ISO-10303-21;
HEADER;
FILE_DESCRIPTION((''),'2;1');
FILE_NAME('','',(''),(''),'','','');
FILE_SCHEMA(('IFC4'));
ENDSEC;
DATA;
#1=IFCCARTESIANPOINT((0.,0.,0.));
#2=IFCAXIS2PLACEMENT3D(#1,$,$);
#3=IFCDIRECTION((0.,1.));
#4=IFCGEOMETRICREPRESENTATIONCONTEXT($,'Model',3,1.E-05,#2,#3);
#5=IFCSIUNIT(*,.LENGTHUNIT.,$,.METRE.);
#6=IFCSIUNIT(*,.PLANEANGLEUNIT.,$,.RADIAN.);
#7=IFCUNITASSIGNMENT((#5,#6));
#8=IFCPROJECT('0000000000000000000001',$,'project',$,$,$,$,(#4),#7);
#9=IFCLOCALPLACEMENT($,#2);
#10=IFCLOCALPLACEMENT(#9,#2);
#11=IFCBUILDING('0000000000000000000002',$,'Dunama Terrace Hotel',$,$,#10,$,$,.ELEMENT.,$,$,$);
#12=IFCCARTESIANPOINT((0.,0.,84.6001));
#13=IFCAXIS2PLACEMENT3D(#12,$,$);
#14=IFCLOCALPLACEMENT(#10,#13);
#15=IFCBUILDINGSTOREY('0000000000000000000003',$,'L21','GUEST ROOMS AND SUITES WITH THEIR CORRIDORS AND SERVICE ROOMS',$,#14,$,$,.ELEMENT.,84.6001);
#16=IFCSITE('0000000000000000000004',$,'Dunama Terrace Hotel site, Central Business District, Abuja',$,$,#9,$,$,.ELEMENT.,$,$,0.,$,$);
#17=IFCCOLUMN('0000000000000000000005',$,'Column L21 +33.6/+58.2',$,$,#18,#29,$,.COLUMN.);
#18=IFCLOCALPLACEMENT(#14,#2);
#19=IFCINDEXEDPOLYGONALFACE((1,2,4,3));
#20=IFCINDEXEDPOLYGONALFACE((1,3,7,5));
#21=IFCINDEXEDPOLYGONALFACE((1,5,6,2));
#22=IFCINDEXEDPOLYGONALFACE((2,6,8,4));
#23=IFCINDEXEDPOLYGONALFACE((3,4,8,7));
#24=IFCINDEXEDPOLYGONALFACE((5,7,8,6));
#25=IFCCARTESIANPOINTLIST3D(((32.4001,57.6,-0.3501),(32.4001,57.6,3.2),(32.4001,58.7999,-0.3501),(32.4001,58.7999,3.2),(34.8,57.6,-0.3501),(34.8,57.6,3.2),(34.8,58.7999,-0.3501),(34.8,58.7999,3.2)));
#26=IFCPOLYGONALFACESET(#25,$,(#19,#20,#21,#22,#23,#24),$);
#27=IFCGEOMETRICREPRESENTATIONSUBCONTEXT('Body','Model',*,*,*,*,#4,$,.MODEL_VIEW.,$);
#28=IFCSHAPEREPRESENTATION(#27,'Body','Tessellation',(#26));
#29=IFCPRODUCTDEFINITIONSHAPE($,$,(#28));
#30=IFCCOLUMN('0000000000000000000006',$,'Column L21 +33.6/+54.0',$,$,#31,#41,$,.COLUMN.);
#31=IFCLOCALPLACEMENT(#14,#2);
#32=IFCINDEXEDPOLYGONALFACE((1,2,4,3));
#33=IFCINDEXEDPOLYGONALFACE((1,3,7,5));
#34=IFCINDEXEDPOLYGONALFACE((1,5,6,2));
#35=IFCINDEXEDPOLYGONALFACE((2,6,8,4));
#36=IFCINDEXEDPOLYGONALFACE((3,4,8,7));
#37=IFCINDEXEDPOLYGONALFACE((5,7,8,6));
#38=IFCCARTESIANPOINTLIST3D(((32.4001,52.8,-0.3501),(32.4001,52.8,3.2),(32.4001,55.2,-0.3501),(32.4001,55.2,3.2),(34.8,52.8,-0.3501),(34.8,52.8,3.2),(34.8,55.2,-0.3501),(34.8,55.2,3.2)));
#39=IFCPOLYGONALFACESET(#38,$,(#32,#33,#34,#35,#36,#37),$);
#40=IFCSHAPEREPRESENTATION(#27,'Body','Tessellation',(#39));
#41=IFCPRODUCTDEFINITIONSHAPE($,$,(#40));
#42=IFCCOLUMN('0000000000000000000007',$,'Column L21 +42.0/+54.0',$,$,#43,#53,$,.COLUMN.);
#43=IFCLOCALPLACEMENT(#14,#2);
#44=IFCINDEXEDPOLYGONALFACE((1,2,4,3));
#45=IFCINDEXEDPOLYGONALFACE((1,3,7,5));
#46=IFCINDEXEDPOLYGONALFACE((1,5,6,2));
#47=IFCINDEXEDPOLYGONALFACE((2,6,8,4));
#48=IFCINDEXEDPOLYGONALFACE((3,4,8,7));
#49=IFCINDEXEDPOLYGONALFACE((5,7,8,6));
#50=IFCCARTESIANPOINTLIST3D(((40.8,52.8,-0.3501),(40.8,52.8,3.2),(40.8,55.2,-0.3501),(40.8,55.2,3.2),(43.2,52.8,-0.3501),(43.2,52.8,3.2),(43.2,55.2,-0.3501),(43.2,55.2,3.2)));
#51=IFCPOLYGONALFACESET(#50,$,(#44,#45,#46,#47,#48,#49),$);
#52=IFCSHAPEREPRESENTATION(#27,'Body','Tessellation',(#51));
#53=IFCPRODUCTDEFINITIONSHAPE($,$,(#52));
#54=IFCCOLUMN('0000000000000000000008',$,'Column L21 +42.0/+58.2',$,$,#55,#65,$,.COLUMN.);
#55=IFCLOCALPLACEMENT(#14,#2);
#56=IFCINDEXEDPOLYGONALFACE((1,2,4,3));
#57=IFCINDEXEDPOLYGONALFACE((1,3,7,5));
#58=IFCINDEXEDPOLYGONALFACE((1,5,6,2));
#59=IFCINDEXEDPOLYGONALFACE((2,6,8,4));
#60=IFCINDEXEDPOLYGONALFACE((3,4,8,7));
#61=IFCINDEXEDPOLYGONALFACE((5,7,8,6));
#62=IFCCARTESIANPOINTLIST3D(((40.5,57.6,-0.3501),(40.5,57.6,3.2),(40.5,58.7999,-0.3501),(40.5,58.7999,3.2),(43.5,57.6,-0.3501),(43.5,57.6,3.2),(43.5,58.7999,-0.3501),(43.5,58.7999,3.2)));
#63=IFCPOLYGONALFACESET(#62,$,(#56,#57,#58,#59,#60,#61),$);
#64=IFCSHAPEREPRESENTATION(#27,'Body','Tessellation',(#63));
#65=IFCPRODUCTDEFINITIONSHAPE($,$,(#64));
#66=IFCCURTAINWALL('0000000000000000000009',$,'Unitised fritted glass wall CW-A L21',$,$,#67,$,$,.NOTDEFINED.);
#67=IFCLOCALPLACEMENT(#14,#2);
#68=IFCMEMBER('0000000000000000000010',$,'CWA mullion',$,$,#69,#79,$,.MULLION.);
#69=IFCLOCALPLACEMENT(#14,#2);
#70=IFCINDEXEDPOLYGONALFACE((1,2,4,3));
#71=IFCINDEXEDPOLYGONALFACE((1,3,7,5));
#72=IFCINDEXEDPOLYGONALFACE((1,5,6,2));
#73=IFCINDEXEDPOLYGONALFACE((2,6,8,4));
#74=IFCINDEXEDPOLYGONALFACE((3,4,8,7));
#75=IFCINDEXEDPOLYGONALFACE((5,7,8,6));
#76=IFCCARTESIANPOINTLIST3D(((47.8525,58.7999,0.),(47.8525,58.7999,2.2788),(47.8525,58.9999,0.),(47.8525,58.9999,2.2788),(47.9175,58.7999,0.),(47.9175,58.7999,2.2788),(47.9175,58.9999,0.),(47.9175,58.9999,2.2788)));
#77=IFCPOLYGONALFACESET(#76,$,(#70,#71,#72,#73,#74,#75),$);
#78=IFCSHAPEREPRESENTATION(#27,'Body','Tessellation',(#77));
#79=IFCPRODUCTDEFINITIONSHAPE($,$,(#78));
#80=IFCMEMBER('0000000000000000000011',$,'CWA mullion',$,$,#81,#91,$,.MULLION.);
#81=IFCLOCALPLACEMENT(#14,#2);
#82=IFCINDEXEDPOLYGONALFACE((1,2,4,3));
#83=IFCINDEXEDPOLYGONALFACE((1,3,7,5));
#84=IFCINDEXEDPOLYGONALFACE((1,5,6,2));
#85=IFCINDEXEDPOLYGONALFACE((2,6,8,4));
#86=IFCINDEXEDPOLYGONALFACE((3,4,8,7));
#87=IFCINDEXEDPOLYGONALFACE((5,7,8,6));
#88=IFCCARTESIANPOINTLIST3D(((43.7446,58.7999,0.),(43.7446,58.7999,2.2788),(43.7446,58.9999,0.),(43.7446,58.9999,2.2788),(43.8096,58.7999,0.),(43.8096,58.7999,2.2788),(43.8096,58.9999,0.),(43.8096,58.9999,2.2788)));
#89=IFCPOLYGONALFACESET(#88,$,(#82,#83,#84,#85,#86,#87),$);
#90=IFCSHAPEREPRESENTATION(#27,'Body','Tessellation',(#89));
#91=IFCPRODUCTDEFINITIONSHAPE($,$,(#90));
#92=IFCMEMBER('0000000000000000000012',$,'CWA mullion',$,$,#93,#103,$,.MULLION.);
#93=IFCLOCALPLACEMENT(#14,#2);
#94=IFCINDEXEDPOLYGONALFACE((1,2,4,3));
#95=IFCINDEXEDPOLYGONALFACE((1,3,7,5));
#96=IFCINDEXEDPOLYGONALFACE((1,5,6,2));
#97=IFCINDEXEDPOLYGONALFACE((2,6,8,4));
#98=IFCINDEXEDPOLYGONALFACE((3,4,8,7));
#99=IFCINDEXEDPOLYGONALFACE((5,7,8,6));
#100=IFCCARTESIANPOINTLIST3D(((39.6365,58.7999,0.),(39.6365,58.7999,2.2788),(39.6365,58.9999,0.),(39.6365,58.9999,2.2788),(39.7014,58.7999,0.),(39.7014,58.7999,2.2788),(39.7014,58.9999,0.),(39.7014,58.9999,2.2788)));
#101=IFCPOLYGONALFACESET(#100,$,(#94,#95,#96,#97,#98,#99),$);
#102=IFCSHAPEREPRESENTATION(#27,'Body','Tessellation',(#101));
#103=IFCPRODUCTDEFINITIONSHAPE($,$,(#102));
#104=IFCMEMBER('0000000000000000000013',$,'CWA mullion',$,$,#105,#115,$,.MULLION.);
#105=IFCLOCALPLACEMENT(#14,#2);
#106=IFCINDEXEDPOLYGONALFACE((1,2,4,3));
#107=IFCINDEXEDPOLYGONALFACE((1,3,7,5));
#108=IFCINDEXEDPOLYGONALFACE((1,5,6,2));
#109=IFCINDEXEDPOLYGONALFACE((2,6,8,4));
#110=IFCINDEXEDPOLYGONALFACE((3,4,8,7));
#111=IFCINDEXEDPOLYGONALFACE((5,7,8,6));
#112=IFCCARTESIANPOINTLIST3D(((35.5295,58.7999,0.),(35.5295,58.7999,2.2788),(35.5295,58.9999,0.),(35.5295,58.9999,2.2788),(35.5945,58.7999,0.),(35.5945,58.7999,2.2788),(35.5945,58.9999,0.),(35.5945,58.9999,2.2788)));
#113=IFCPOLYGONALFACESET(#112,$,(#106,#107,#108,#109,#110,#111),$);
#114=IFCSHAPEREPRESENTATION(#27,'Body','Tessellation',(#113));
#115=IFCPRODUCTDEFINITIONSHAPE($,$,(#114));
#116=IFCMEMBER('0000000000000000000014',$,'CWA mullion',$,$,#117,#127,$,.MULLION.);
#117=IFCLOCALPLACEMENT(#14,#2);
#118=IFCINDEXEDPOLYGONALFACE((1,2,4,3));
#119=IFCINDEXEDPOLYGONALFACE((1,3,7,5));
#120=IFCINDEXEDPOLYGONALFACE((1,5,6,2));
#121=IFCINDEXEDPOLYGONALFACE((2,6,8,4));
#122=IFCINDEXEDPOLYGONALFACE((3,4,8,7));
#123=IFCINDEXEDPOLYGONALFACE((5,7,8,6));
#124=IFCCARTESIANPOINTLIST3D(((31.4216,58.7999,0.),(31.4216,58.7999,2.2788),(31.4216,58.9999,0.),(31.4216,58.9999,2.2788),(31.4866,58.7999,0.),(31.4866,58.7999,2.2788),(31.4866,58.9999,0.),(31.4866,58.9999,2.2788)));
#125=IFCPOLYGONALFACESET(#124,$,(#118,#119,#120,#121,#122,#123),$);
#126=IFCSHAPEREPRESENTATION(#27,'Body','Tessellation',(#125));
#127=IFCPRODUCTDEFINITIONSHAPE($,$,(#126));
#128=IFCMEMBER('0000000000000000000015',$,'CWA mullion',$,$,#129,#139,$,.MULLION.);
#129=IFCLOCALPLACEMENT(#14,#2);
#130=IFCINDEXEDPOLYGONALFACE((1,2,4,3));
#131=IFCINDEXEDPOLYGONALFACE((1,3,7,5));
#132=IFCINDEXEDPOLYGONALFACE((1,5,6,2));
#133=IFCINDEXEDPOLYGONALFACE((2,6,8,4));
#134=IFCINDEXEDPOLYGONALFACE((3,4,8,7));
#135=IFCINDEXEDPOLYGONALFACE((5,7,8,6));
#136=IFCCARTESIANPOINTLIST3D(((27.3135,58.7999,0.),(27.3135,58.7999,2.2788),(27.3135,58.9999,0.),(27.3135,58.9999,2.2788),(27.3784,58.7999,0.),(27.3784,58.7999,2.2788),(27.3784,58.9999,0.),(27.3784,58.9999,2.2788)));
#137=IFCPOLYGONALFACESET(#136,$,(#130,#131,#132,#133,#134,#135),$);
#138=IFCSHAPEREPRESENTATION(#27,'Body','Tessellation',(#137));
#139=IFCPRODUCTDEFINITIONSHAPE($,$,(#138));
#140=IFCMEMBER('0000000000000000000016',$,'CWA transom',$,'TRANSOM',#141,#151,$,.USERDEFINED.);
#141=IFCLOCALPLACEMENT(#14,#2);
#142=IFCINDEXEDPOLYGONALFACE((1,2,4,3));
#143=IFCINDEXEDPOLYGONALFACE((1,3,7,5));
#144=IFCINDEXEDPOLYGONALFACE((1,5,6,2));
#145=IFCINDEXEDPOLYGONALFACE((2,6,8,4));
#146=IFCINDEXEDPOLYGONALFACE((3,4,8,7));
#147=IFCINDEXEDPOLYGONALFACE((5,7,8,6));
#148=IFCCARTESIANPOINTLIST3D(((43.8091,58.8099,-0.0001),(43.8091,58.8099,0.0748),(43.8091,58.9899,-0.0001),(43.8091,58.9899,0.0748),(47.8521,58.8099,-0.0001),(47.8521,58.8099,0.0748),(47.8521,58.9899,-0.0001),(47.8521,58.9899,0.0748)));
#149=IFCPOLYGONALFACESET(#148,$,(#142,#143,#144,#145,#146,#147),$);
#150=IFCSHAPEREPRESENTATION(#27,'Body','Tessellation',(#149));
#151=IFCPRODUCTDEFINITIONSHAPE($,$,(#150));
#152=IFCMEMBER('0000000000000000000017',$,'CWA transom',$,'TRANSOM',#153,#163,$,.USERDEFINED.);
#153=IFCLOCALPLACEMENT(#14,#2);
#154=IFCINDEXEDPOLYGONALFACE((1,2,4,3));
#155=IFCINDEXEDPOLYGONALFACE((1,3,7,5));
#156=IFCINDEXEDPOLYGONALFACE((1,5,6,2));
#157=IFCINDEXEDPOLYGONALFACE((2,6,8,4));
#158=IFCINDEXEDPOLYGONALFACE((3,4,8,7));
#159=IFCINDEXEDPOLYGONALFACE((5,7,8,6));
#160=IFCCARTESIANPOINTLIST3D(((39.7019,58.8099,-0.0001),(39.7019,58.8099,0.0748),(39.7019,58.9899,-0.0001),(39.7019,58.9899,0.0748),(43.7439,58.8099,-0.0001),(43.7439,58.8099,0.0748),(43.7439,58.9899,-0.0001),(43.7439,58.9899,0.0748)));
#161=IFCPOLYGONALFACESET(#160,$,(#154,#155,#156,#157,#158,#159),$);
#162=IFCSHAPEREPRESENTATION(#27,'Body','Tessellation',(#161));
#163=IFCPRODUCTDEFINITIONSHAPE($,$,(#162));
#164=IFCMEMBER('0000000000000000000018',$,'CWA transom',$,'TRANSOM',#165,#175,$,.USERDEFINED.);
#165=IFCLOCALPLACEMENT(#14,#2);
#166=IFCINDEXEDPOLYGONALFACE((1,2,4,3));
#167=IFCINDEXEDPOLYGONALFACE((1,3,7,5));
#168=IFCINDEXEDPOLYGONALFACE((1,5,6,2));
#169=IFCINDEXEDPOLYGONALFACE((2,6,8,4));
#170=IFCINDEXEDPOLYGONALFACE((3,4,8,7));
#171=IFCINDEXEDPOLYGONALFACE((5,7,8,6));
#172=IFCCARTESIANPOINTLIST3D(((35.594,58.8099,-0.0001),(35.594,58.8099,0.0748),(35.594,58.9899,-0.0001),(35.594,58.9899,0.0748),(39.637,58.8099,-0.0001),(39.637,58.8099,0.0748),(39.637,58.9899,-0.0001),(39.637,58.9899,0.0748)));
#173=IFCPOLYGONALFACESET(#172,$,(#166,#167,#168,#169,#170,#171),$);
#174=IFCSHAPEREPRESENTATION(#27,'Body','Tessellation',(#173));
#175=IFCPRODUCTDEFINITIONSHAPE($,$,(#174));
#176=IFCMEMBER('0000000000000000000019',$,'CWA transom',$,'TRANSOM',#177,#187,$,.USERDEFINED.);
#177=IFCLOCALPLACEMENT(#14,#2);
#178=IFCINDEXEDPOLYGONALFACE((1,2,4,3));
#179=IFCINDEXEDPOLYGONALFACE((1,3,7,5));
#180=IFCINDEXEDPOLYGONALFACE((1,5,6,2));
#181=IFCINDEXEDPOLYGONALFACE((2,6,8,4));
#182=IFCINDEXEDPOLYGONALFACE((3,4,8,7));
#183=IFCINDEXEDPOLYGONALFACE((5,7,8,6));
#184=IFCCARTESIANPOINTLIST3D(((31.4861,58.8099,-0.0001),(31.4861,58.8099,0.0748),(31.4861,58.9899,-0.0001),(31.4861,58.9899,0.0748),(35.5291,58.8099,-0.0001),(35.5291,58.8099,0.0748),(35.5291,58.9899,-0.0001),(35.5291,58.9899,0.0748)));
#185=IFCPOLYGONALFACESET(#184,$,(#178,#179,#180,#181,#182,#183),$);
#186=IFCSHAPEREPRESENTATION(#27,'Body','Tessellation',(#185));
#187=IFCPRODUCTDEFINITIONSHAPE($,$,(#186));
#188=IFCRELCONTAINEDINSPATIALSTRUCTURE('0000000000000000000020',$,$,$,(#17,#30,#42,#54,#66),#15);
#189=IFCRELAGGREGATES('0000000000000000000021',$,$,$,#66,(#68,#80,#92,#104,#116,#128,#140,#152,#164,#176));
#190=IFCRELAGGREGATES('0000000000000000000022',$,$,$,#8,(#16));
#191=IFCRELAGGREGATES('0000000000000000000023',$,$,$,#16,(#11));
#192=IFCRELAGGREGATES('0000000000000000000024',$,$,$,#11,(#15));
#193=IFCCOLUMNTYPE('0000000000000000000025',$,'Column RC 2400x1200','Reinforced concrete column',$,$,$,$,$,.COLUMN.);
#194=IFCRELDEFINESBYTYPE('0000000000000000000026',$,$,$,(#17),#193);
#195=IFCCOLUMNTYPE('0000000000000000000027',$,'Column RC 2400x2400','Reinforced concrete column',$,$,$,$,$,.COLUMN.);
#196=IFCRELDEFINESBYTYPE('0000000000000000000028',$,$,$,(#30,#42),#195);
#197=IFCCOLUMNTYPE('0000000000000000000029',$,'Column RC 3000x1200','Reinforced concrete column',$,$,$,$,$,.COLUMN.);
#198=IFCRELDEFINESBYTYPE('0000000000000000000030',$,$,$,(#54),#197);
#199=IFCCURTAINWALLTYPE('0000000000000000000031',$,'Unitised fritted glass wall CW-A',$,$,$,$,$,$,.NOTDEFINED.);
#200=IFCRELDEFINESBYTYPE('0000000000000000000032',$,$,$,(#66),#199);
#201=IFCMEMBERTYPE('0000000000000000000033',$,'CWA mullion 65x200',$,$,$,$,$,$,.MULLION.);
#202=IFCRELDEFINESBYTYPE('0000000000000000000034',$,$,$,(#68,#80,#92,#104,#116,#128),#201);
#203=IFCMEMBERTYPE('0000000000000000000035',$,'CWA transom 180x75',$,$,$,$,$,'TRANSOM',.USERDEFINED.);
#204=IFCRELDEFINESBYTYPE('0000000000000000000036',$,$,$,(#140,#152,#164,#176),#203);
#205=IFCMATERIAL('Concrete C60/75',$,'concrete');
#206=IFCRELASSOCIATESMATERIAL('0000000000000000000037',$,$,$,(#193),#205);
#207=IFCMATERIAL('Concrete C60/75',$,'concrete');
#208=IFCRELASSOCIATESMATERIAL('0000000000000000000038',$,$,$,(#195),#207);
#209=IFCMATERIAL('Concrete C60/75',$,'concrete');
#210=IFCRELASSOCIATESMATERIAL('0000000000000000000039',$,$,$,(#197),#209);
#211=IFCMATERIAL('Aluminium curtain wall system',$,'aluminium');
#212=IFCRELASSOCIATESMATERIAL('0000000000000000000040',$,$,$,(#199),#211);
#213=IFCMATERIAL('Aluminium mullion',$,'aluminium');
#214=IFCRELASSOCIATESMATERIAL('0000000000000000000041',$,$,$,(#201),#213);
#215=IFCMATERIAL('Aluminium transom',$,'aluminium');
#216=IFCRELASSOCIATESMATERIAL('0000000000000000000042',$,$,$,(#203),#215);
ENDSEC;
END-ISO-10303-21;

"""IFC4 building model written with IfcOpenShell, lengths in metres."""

from ifc_helpers import new_model, si_unit, direction, frame, origin, origin_2d, place, context, subcontext, project, spatial, rectangle, extrude, material, material_profile, profile_set, type_object, element, aggregate, save


model = new_model("IFC4")

# Units and contexts
model_context = context("Model", 3, precision=1e-05, world=origin(), true_north=direction((0.0, 1.0)))
body_context = subcontext(model_context, "Body", "Model", "MODEL_VIEW")
ifc_project = project(units=[si_unit("LENGTHUNIT", "METRE"), si_unit("PLANEANGLEUNIT", "RADIAN")], contexts=[model_context])

# Site, building, storey
site_placement = place(None, origin())
site = spatial("IfcSite", under=ifc_project, at=site_placement, Name="Dunama Terrace Hotel site, Central Business District, Abuja", CompositionType="ELEMENT", RefElevation=0.0)
building_placement = place(site_placement, origin())
building = spatial("IfcBuilding", under=site, at=building_placement, Name="Dunama Terrace Hotel", CompositionType="ELEMENT")
storey_placement = place(building_placement, frame((0.0, 0.0, 84.6001)))
storey = spatial("IfcBuildingStorey", under=building, at=storey_placement, Name="L21", Description="GUEST ROOMS AND SUITES WITH THEIR CORRIDORS AND SERVICE ROOMS", CompositionType="ELEMENT", Elevation=84.6001)

# Columns
ifc_material_1 = material(Name="Concrete C60/75", Category="concrete")
ifc_material_profile_1 = material_profile(ifc_material_1, rectangle(XDim=2.3999, YDim=1.2, at=origin_2d()), Name="RC 2400x1200")
ifc_profile_set_1 = profile_set([ifc_material_profile_1], Name="Concrete C60/75")
column_type_1 = type_object("IfcColumnType", Name="Column RC 2400x1200", Description="Reinforced concrete column", PredefinedType="COLUMN", material=ifc_profile_set_1)
column_1_placement = place(storey_placement, frame((33.6001, 58.2, -0.3501), z_axis=(0.0, 0.0, 1.0), x_axis=(1.0, 0.0, 0.0)))
element("IfcColumn", 1, at=column_1_placement, inside=storey, type_object=column_type_1, Name="Column L21 +33.6/+58.2", PredefinedType="COLUMN", context=body_context, shape_type="SweptSolid", body=[
    extrude(rectangle(XDim=2.3999, YDim=1.2, at=origin_2d()), origin(), (0.0, 0.0, 1.0), 3.55),
])
ifc_material_2 = material(Name="Concrete C60/75", Category="concrete")
ifc_material_profile_2 = material_profile(ifc_material_2, rectangle(XDim=2.3999, YDim=2.3999, at=origin_2d()), Name="RC 2400x2400")
ifc_profile_set_2 = profile_set([ifc_material_profile_2], Name="Concrete C60/75")
column_type_2 = type_object("IfcColumnType", Name="Column RC 2400x2400", Description="Reinforced concrete column", PredefinedType="COLUMN", material=ifc_profile_set_2)
for number, where, z_axis, x_axis, name in (
    (2, (33.6001, 54.0, -0.3501), (0.0, 0.0, 1.0), (1.0, 0.0, 0.0), "Column L21 +33.6/+54.0"),
    (3, (42.0, 54.0, -0.3501), (0.0, 0.0, 1.0), (1.0, 0.0, 0.0), "Column L21 +42.0/+54.0"),
):
    element("IfcColumn", number, at=place(storey_placement, frame(where, z_axis=z_axis, x_axis=x_axis)), inside=storey, type_object=column_type_2, Name=name, PredefinedType="COLUMN", context=body_context, shape_type="SweptSolid", body=[
        extrude(rectangle(XDim=2.3999, YDim=2.3999, at=origin_2d()), origin(), (0.0, 0.0, 1.0), 3.55),
    ])
ifc_material_3 = material(Name="Concrete C60/75", Category="concrete")
ifc_material_profile_3 = material_profile(ifc_material_3, rectangle(XDim=3.0, YDim=1.2, at=origin_2d()), Name="RC 3000x1200")
ifc_profile_set_3 = profile_set([ifc_material_profile_3], Name="Concrete C60/75")
column_type_3 = type_object("IfcColumnType", Name="Column RC 3000x1200", Description="Reinforced concrete column", PredefinedType="COLUMN", material=ifc_profile_set_3)
column_2_placement = place(storey_placement, frame((42.0, 58.2, -0.3501), z_axis=(0.0, 0.0, 1.0), x_axis=(1.0, 0.0, 0.0)))
element("IfcColumn", 4, at=column_2_placement, inside=storey, type_object=column_type_3, Name="Column L21 +42.0/+58.2", PredefinedType="COLUMN", context=body_context, shape_type="SweptSolid", body=[
    extrude(rectangle(XDim=3.0, YDim=1.2, at=origin_2d()), origin(), (0.0, 0.0, 1.0), 3.55),
])

# Curtain wall, members
ifc_material_4 = material(Name="Aluminium curtain wall system", Category="aluminium")
curtain_wall_type = type_object("IfcCurtainWallType", Name="Unitised fritted glass wall CW-A", PredefinedType="NOTDEFINED", material=ifc_material_4)
curtain_wall_placement = place(storey_placement, origin())
curtain_wall = element("IfcCurtainWall", 5, at=curtain_wall_placement, inside=storey, type_object=curtain_wall_type, Name="Unitised fritted glass wall CW-A L21", PredefinedType="NOTDEFINED")
ifc_material_5 = material(Name="Aluminium mullion", Category="aluminium")
ifc_material_profile_4 = material_profile(ifc_material_5, rectangle(XDim=0.0649, YDim=0.2, at=origin_2d()), Name="CWA MULLION 65X200")
ifc_profile_set_4 = profile_set([ifc_material_profile_4], Name="Aluminium mullion")
member_type_1 = type_object("IfcMemberType", Name="CWA mullion 65x200", PredefinedType="MULLION", material=ifc_profile_set_4)
member_1_placement = place(storey_placement, frame((47.885, 58.8999, 0.0), z_axis=(0.0, 0.0, 1.0), x_axis=(-1.0, 0.0, 0.0)))
member_1 = element("IfcMember", 6, at=member_1_placement, type_object=member_type_1, Name="CWA mullion", PredefinedType="MULLION", context=body_context, shape_type="SweptSolid", body=[
    extrude(rectangle(XDim=0.0649, YDim=0.2, at=origin_2d()), origin(), (0.0, 0.0, 1.0), 2.2788),
])
member_2_placement = place(storey_placement, frame((43.7771, 58.8999, 0.0), z_axis=(0.0, 0.0, 1.0), x_axis=(-1.0, 0.0, 0.0)))
member_2 = element("IfcMember", 7, at=member_2_placement, type_object=member_type_1, Name="CWA mullion", PredefinedType="MULLION", context=body_context, shape_type="SweptSolid", body=[
    extrude(rectangle(XDim=0.0649, YDim=0.2, at=origin_2d()), origin(), (0.0, 0.0, 1.0), 2.2788),
])
member_3_placement = place(storey_placement, frame((39.6689, 58.8999, 0.0), z_axis=(0.0, 0.0, 1.0), x_axis=(-1.0, 0.0, 0.0)))
member_3 = element("IfcMember", 8, at=member_3_placement, type_object=member_type_1, Name="CWA mullion", PredefinedType="MULLION", context=body_context, shape_type="SweptSolid", body=[
    extrude(rectangle(XDim=0.0649, YDim=0.2, at=origin_2d()), origin(), (0.0, 0.0, 1.0), 2.2788),
])
member_4_placement = place(storey_placement, frame((35.562, 58.8999, 0.0), z_axis=(0.0, 0.0, 1.0), x_axis=(-1.0, 0.0, 0.0)))
member_4 = element("IfcMember", 9, at=member_4_placement, type_object=member_type_1, Name="CWA mullion", PredefinedType="MULLION", context=body_context, shape_type="SweptSolid", body=[
    extrude(rectangle(XDim=0.0649, YDim=0.2, at=origin_2d()), origin(), (0.0, 0.0, 1.0), 2.2788),
])
member_5_placement = place(storey_placement, frame((31.4541, 58.8999, 0.0), z_axis=(0.0, 0.0, 1.0), x_axis=(-1.0, 0.0, 0.0)))
member_5 = element("IfcMember", 10, at=member_5_placement, type_object=member_type_1, Name="CWA mullion", PredefinedType="MULLION", context=body_context, shape_type="SweptSolid", body=[
    extrude(rectangle(XDim=0.0649, YDim=0.2, at=origin_2d()), origin(), (0.0, 0.0, 1.0), 2.2788),
])
member_6_placement = place(storey_placement, frame((27.3459, 58.8999, 0.0), z_axis=(0.0, 0.0, 1.0), x_axis=(-1.0, 0.0, 0.0)))
member_6 = element("IfcMember", 11, at=member_6_placement, type_object=member_type_1, Name="CWA mullion", PredefinedType="MULLION", context=body_context, shape_type="SweptSolid", body=[
    extrude(rectangle(XDim=0.0649, YDim=0.2, at=origin_2d()), origin(), (0.0, 0.0, 1.0), 2.2788),
])
ifc_material_6 = material(Name="Aluminium transom", Category="aluminium")
ifc_material_profile_5 = material_profile(ifc_material_6, rectangle(XDim=0.1799, YDim=0.075, at=origin_2d()), Name="CWA TRANSOM 180X75")
ifc_profile_set_5 = profile_set([ifc_material_profile_5], Name="Aluminium transom")
member_type_2 = type_object("IfcMemberType", Name="CWA transom 180x75", ElementType="TRANSOM", PredefinedType="USERDEFINED", material=ifc_profile_set_5)
member_7_placement = place(storey_placement, frame((47.8521, 58.8999, 0.0374), z_axis=(-1.0, 0.0, 0.0), x_axis=(0.0, -1.0, 0.0)))
member_7 = element("IfcMember", 12, at=member_7_placement, type_object=member_type_2, Name="CWA transom", ObjectType="TRANSOM", PredefinedType="USERDEFINED", context=body_context, shape_type="SweptSolid", body=[
    extrude(rectangle(XDim=0.1799, YDim=0.075, at=origin_2d()), origin(), (0.0, 0.0, 1.0), 4.043),
])
member_8_placement = place(storey_placement, frame((43.7439, 58.8999, 0.0374), z_axis=(-1.0, 0.0, 0.0), x_axis=(0.0, -1.0, 0.0)))
member_8 = element("IfcMember", 13, at=member_8_placement, type_object=member_type_2, Name="CWA transom", ObjectType="TRANSOM", PredefinedType="USERDEFINED", context=body_context, shape_type="SweptSolid", body=[
    extrude(rectangle(XDim=0.1799, YDim=0.075, at=origin_2d()), origin(), (0.0, 0.0, 1.0), 4.042),
])
member_9_placement = place(storey_placement, frame((39.637, 58.8999, 0.0374), z_axis=(-1.0, 0.0, 0.0), x_axis=(0.0, -1.0, 0.0)))
member_9 = element("IfcMember", 14, at=member_9_placement, type_object=member_type_2, Name="CWA transom", ObjectType="TRANSOM", PredefinedType="USERDEFINED", context=body_context, shape_type="SweptSolid", body=[
    extrude(rectangle(XDim=0.1799, YDim=0.075, at=origin_2d()), origin(), (0.0, 0.0, 1.0), 4.043),
])
member_10_placement = place(storey_placement, frame((35.5291, 58.8999, 0.0374), z_axis=(-1.0, 0.0, 0.0), x_axis=(0.0, -1.0, 0.0)))
member_10 = element("IfcMember", 15, at=member_10_placement, type_object=member_type_2, Name="CWA transom", ObjectType="TRANSOM", PredefinedType="USERDEFINED", context=body_context, shape_type="SweptSolid", body=[
    extrude(rectangle(XDim=0.1799, YDim=0.075, at=origin_2d()), origin(), (0.0, 0.0, 1.0), 4.043),
])
aggregate(curtain_wall, [member_1, member_2, member_3, member_4, member_5, member_6, member_7, member_8, member_9, member_10])

save(model, "model.ifc")
